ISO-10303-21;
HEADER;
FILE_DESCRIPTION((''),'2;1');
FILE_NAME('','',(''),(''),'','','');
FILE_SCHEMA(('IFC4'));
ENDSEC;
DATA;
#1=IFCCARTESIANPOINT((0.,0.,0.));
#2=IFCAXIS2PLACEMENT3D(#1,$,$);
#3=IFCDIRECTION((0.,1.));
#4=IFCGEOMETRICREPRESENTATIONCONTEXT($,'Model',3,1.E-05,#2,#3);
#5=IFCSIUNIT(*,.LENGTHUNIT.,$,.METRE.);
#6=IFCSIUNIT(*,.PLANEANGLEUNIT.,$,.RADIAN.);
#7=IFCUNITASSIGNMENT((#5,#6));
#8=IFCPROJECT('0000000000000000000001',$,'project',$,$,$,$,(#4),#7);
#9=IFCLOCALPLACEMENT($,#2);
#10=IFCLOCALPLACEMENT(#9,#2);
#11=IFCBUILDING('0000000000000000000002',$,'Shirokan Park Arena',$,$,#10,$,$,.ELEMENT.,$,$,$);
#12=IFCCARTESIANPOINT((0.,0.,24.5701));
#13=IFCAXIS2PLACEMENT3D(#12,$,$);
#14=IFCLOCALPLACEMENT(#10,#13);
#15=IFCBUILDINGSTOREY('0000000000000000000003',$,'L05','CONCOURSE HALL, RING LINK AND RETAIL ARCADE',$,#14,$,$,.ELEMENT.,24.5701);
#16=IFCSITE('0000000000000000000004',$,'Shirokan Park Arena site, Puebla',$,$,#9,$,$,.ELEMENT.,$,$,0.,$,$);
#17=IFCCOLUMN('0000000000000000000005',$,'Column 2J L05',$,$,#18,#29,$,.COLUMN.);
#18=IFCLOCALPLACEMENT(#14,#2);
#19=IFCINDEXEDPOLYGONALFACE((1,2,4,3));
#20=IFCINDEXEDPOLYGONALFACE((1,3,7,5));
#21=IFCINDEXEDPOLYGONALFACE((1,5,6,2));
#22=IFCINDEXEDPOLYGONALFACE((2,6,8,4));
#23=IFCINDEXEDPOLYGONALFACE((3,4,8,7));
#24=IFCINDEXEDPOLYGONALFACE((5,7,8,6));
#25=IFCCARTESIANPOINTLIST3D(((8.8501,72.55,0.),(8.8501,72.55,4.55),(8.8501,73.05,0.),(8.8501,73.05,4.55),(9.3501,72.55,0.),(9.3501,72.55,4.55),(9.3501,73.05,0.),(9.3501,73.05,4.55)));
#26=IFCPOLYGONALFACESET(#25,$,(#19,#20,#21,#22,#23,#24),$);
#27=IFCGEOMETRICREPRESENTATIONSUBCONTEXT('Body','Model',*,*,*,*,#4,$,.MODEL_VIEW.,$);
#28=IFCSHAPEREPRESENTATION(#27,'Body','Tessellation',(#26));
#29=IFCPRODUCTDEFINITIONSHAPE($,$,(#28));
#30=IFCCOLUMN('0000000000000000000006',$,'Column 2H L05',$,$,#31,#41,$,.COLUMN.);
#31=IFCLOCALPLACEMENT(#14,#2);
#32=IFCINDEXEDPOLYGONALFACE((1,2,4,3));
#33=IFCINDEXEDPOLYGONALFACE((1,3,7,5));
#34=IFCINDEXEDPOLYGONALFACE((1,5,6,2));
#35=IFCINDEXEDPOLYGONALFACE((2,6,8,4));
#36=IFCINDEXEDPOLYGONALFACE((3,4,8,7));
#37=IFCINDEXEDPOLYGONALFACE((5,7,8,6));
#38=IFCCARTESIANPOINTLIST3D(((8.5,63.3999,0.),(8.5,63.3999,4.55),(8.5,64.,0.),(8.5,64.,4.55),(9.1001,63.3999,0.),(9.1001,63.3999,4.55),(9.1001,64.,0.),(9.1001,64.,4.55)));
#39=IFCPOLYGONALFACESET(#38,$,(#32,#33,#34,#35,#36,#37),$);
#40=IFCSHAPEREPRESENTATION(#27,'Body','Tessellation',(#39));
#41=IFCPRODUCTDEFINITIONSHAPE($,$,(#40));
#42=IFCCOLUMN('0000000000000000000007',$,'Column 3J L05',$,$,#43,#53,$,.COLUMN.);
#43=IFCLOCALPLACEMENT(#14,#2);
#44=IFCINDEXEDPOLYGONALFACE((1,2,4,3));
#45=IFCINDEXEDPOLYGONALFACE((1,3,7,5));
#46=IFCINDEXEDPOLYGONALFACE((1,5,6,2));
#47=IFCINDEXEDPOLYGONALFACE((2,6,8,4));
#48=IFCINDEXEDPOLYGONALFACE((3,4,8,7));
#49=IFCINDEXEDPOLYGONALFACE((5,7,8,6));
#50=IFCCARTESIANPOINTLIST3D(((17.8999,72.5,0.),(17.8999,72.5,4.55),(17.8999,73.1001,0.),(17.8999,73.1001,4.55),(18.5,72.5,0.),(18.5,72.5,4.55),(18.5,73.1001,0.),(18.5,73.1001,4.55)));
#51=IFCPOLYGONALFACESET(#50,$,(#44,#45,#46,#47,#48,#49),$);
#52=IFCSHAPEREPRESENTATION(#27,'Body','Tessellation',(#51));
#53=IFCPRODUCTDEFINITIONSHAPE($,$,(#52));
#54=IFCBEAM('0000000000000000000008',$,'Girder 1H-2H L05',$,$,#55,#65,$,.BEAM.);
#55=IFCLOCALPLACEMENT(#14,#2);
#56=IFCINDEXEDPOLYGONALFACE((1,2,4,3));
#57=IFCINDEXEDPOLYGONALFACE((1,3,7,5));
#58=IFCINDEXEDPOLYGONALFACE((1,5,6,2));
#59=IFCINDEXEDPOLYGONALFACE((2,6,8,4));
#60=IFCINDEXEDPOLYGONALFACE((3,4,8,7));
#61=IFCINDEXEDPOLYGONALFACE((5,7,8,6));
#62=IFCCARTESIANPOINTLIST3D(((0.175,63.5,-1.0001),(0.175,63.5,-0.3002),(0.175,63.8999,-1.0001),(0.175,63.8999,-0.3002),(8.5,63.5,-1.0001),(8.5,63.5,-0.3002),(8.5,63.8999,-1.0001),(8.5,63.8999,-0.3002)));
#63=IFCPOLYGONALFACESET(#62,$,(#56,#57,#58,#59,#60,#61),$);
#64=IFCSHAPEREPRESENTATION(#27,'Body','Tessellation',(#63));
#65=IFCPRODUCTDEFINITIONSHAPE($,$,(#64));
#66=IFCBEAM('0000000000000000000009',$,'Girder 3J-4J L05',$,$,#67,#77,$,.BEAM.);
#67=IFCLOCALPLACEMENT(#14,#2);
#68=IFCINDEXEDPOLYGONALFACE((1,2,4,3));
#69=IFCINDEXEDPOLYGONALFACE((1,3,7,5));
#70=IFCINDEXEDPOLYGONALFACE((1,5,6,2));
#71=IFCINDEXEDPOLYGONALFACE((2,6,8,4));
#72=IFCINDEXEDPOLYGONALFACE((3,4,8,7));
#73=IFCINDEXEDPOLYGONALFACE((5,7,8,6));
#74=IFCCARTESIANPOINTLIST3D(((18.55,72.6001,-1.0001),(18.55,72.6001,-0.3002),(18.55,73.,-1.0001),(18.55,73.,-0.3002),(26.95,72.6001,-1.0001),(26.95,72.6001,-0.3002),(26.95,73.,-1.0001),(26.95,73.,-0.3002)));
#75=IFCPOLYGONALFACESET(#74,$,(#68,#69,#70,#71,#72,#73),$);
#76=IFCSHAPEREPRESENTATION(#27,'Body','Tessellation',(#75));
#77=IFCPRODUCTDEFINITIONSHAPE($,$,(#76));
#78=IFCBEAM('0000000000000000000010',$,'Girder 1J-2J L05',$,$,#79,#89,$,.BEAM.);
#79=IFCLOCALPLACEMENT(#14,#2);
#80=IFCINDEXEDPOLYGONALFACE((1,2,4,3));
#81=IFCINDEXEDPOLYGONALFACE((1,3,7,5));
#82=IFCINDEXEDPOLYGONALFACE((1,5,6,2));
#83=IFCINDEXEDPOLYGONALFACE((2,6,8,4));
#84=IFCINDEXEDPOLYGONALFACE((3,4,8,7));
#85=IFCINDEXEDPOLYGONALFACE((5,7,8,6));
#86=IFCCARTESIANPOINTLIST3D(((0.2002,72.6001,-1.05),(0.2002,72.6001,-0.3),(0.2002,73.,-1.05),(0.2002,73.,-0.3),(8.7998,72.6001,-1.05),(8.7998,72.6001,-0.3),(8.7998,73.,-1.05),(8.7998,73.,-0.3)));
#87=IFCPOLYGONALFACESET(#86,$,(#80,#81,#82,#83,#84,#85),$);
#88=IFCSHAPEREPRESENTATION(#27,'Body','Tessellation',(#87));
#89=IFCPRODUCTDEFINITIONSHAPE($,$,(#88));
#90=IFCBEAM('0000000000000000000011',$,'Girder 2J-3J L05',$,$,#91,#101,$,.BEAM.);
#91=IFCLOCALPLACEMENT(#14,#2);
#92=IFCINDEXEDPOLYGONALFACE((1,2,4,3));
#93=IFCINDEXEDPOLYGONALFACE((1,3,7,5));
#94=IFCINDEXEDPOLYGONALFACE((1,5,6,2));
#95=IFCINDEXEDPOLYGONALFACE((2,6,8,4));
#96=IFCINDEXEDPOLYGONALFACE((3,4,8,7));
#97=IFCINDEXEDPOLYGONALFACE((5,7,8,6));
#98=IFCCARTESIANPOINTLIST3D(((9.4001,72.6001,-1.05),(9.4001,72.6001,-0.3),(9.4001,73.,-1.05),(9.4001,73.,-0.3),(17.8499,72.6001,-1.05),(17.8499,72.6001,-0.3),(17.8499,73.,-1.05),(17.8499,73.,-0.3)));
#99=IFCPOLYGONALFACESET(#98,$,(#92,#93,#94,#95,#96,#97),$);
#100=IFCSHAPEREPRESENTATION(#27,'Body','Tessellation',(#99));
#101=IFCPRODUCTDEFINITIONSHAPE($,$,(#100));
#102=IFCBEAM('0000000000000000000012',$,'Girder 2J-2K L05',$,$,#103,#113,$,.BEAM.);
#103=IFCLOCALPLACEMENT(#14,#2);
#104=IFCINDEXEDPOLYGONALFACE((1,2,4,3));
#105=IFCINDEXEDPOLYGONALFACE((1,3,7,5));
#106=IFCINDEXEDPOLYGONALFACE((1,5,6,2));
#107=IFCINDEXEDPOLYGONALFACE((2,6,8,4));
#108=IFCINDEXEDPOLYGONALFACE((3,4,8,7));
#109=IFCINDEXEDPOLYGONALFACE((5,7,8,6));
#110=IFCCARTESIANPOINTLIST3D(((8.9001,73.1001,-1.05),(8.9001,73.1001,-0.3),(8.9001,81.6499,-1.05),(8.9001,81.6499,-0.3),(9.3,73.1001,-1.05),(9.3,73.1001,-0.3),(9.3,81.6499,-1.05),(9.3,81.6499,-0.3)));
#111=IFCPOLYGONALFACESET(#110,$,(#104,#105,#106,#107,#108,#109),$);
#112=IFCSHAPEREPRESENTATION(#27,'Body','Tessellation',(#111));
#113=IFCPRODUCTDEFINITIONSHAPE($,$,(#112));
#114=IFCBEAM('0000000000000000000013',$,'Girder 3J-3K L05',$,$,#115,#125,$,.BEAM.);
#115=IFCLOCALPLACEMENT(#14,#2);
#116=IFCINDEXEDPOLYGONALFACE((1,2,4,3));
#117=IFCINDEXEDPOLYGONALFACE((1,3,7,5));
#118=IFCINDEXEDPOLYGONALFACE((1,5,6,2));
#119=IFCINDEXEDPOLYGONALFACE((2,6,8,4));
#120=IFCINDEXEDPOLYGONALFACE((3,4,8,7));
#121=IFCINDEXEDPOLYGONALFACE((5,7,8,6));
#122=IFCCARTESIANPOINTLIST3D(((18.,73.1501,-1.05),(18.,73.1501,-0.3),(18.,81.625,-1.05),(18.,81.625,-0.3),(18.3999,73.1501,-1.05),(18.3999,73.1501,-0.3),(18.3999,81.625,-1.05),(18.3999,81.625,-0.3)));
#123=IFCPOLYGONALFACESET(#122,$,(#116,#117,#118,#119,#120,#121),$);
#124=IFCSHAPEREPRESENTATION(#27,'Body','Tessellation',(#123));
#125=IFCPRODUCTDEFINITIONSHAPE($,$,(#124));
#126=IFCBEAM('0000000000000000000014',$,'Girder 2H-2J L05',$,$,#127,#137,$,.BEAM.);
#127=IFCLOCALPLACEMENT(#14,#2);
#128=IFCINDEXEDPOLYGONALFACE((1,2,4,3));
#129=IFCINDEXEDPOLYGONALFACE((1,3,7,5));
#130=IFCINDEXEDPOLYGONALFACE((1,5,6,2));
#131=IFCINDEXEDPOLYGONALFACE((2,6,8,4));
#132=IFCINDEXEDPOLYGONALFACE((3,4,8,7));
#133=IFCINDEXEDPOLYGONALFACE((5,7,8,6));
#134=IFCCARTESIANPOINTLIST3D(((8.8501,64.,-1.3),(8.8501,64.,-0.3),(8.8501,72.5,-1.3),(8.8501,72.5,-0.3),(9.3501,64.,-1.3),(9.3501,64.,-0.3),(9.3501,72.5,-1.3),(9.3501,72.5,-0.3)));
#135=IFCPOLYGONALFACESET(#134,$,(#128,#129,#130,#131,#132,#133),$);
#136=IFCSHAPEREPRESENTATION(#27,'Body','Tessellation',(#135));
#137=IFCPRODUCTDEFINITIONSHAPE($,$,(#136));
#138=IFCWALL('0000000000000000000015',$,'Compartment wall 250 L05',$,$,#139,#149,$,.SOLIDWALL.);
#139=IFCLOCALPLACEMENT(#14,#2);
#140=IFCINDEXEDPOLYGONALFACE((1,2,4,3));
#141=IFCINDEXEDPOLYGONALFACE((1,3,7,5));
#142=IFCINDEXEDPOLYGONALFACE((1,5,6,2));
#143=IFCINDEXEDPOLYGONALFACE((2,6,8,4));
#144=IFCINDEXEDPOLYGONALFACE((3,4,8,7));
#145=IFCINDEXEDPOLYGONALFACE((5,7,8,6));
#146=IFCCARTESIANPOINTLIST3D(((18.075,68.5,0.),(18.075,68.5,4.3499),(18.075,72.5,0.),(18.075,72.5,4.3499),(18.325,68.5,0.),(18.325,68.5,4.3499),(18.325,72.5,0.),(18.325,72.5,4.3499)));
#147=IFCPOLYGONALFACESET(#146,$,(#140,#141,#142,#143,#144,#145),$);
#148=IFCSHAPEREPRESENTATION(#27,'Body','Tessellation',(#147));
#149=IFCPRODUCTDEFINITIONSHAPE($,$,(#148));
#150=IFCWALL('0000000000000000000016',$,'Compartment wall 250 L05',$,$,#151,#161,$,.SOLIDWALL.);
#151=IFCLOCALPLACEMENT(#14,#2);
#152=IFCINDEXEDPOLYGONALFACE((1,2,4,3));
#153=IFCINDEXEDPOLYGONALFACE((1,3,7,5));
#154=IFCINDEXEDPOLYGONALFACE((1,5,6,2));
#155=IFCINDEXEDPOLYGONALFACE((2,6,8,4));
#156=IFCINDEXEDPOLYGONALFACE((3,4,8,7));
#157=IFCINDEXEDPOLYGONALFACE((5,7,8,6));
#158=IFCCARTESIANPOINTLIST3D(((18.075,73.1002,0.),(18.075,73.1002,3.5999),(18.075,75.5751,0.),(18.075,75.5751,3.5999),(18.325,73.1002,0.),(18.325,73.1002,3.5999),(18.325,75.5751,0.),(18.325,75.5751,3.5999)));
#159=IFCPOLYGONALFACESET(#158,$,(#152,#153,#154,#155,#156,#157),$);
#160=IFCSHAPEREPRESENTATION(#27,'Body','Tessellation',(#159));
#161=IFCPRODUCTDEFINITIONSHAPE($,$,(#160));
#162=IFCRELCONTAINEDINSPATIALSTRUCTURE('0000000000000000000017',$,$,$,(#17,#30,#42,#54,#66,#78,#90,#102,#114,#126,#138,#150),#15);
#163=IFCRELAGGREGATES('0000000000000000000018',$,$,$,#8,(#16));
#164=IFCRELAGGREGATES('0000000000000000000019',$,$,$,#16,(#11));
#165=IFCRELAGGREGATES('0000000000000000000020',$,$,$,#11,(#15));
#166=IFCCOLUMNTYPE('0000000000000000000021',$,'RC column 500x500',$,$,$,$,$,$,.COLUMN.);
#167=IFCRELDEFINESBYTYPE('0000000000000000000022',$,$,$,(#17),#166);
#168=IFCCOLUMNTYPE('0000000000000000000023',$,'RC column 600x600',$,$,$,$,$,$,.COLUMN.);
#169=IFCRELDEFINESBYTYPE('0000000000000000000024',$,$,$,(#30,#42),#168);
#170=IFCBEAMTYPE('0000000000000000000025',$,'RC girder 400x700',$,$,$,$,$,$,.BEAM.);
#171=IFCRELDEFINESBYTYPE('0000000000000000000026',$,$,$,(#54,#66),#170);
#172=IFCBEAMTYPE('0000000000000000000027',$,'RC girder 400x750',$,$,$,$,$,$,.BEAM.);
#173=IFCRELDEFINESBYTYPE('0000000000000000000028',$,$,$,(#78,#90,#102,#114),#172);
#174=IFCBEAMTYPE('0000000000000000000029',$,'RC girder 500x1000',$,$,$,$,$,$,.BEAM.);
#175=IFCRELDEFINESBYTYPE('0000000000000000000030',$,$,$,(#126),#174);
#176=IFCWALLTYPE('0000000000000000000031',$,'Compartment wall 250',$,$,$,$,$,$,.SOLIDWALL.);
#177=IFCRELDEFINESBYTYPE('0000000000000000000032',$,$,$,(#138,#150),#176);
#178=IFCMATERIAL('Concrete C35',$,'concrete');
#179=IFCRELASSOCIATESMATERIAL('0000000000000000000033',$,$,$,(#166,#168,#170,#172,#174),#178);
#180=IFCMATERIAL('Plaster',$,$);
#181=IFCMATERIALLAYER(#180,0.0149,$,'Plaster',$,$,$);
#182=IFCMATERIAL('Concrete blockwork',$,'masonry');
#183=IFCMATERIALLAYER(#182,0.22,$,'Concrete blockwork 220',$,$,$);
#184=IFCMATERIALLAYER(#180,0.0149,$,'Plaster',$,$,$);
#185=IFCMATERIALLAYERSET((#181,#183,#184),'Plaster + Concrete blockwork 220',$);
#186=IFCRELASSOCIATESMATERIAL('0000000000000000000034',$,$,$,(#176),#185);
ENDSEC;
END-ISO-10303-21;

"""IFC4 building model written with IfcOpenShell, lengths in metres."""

from ifc_helpers import new_model, si_unit, direction, frame, frame_2d, origin, origin_2d, place, context, subcontext, project, spatial, rectangle, extrude, material, layer, layer_set, material_profile, profile_set, type_object, element, save


model = new_model("IFC4")

# Units and contexts
model_context = context("Model", 3, precision=1e-05, world=origin(), true_north=direction((0.0, 1.0)))
body_context = subcontext(model_context, "Body", "Model", "MODEL_VIEW")
ifc_project = project(units=[si_unit("LENGTHUNIT", "METRE"), si_unit("PLANEANGLEUNIT", "RADIAN")], contexts=[model_context])

# Site, building, storey
site_placement = place(None, origin())
site = spatial("IfcSite", under=ifc_project, at=site_placement, Name="Shirokan Park Arena site, Puebla", CompositionType="ELEMENT", RefElevation=0.0)
building_placement = place(site_placement, origin())
building = spatial("IfcBuilding", under=site, at=building_placement, Name="Shirokan Park Arena", CompositionType="ELEMENT")
storey_placement = place(building_placement, frame((0.0, 0.0, 24.5701)))
storey = spatial("IfcBuildingStorey", under=building, at=storey_placement, Name="L05", Description="CONCOURSE HALL, RING LINK AND RETAIL ARCADE", CompositionType="ELEMENT", Elevation=24.5701)

# Columns
ifc_material_1 = material(Name="Concrete C35", Category="concrete")
ifc_material_profile_1 = material_profile(ifc_material_1, rectangle(XDim=0.5, YDim=0.5, at=origin_2d()), Name="500x500")
ifc_profile_set_1 = profile_set([ifc_material_profile_1], Name="Concrete C35")
column_type_1 = type_object("IfcColumnType", Name="RC column 500x500", PredefinedType="COLUMN", material=ifc_profile_set_1)
column_placement = place(storey_placement, frame((9.1001, 72.8, 0.0), z_axis=(0.0, 0.0, 1.0), x_axis=(1.0, 0.0, 0.0)))
element("IfcColumn", 1, at=column_placement, inside=storey, type_object=column_type_1, Name="Column 2J L05", PredefinedType="COLUMN", context=body_context, shape_type="SweptSolid", body=[
    extrude(rectangle(XDim=0.5, YDim=0.5, at=origin_2d()), origin(), (0.0, 0.0, 1.0), 4.55),
])
ifc_material_profile_2 = material_profile(ifc_material_1, rectangle(XDim=0.6001, YDim=0.6001, at=origin_2d()), Name="600x600")
ifc_profile_set_2 = profile_set([ifc_material_profile_2], Name="Concrete C35")
column_type_2 = type_object("IfcColumnType", Name="RC column 600x600", PredefinedType="COLUMN", material=ifc_profile_set_2)
for number, where, z_axis, x_axis, name in (
    (2, (8.8, 63.7, 0.0), (0.0, 0.0, 1.0), (1.0, 0.0, 0.0), "Column 2H L05"),
    (3, (18.2, 72.8, 0.0), (0.0, 0.0, 1.0), (1.0, 0.0, 0.0), "Column 3J L05"),
):
    element("IfcColumn", number, at=place(storey_placement, frame(where, z_axis=z_axis, x_axis=x_axis)), inside=storey, type_object=column_type_2, Name=name, PredefinedType="COLUMN", context=body_context, shape_type="SweptSolid", body=[
        extrude(rectangle(XDim=0.6001, YDim=0.6001, at=origin_2d()), origin(), (0.0, 0.0, 1.0), 4.55),
    ])

# Beams
ifc_material_profile_3 = material_profile(ifc_material_1, rectangle(XDim=0.3999, YDim=0.7, at=origin_2d()), Name="400x700")
ifc_profile_set_3 = profile_set([ifc_material_profile_3], Name="Concrete C35")
beam_type_1 = type_object("IfcBeamType", Name="RC girder 400x700", PredefinedType="BEAM", material=ifc_profile_set_3)
beam_1_placement = place(storey_placement, frame((0.175, 63.7, -0.6501), z_axis=(1.0, 0.0, 0.0), x_axis=(0.0, 1.0, 0.0)))
element("IfcBeam", 4, at=beam_1_placement, inside=storey, type_object=beam_type_1, Name="Girder 1H-2H L05", PredefinedType="BEAM", context=body_context, shape_type="SweptSolid", body=[
    extrude(rectangle(XDim=0.3999, YDim=0.7, at=origin_2d()), origin(), (0.0, 0.0, 1.0), 8.325),
])
beam_2_placement = place(storey_placement, frame((18.55, 72.8, -0.6501), z_axis=(1.0, 0.0, 0.0), x_axis=(0.0, 1.0, 0.0)))
element("IfcBeam", 5, at=beam_2_placement, inside=storey, type_object=beam_type_1, Name="Girder 3J-4J L05", PredefinedType="BEAM", context=body_context, shape_type="SweptSolid", body=[
    extrude(rectangle(XDim=0.3999, YDim=0.7, at=origin_2d()), origin(), (0.0, 0.0, 1.0), 8.3999),
])
ifc_material_profile_4 = material_profile(ifc_material_1, rectangle(XDim=0.3999, YDim=0.75, at=origin_2d()), Name="400x750")
ifc_profile_set_4 = profile_set([ifc_material_profile_4], Name="Concrete C35")
beam_type_2 = type_object("IfcBeamType", Name="RC girder 400x750", PredefinedType="BEAM", material=ifc_profile_set_4)
beam_3_placement = place(storey_placement, frame((0.2002, 72.8, -0.675), z_axis=(1.0, 0.0, 0.0), x_axis=(0.0, 1.0, 0.0)))
element("IfcBeam", 6, at=beam_3_placement, inside=storey, type_object=beam_type_2, Name="Girder 1J-2J L05", PredefinedType="BEAM", context=body_context, shape_type="SweptSolid", body=[
    extrude(rectangle(XDim=0.3999, YDim=0.75, at=origin_2d()), origin(), (0.0, 0.0, 1.0), 8.5996),
])
beam_4_placement = place(storey_placement, frame((9.4001, 72.8, -0.675), z_axis=(1.0, 0.0, 0.0), x_axis=(0.0, 1.0, 0.0)))
element("IfcBeam", 7, at=beam_4_placement, inside=storey, type_object=beam_type_2, Name="Girder 2J-3J L05", PredefinedType="BEAM", context=body_context, shape_type="SweptSolid", body=[
    extrude(rectangle(XDim=0.3999, YDim=0.75, at=origin_2d()), origin(), (0.0, 0.0, 1.0), 8.4497),
])
beam_5_placement = place(storey_placement, frame((9.1001, 73.1001, -0.675), z_axis=(0.0, 1.0, 0.0), x_axis=(-1.0, 0.0, 0.0)))
element("IfcBeam", 8, at=beam_5_placement, inside=storey, type_object=beam_type_2, Name="Girder 2J-2K L05", PredefinedType="BEAM", context=body_context, shape_type="SweptSolid", body=[
    extrude(rectangle(XDim=0.3999, YDim=0.75, at=origin_2d()), origin(), (0.0, 0.0, 1.0), 8.5498),
])
beam_6_placement = place(storey_placement, frame((18.2, 73.1501, -0.675), z_axis=(0.0, 1.0, 0.0), x_axis=(-1.0, 0.0, 0.0)))
element("IfcBeam", 9, at=beam_6_placement, inside=storey, type_object=beam_type_2, Name="Girder 3J-3K L05", PredefinedType="BEAM", context=body_context, shape_type="SweptSolid", body=[
    extrude(rectangle(XDim=0.3999, YDim=0.75, at=origin_2d()), origin(), (0.0, 0.0, 1.0), 8.4749),
])
ifc_material_profile_5 = material_profile(ifc_material_1, rectangle(XDim=0.5, YDim=1.0, at=origin_2d()), Name="500x1000")
ifc_profile_set_5 = profile_set([ifc_material_profile_5], Name="Concrete C35")
beam_type_3 = type_object("IfcBeamType", Name="RC girder 500x1000", PredefinedType="BEAM", material=ifc_profile_set_5)
beam_7_placement = place(storey_placement, frame((9.1001, 64.0, -0.8), z_axis=(0.0, 1.0, 0.0), x_axis=(-1.0, 0.0, 0.0)))
element("IfcBeam", 10, at=beam_7_placement, inside=storey, type_object=beam_type_3, Name="Girder 2H-2J L05", PredefinedType="BEAM", context=body_context, shape_type="SweptSolid", body=[
    extrude(rectangle(XDim=0.5, YDim=1.0, at=origin_2d()), origin(), (0.0, 0.0, 1.0), 8.5),
])

# Walls
ifc_material_2 = material(Name="Plaster")
ifc_layer_1 = layer(ifc_material_2, 0.0149, Name="Plaster")
ifc_material_3 = material(Name="Concrete blockwork", Category="masonry")
ifc_layer_2 = layer(ifc_material_3, 0.22, Name="Concrete blockwork 220")
ifc_layer_3 = layer(ifc_material_2, 0.0149, Name="Plaster")
ifc_layer_set_1 = layer_set([ifc_layer_1, ifc_layer_2, ifc_layer_3], Name="Plaster + Concrete blockwork 220")
wall_type_1 = type_object("IfcWallType", Name="Compartment wall 250", PredefinedType="SOLIDWALL", material=ifc_layer_set_1)
wall_1_placement = place(storey_placement, frame((18.2, 72.5, 0.0), z_axis=(0.0, 0.0, 1.0), x_axis=(0.0, -1.0, 0.0)))
element("IfcWall", 11, at=wall_1_placement, inside=storey, type_object=wall_type_1, Name="Compartment wall 250 L05", PredefinedType="SOLIDWALL", context=body_context, shape_type="SweptSolid", body=[
    extrude(rectangle(XDim=4.0, YDim=0.25, at=frame_2d((2.0, 0.0))), origin(), (0.0, 0.0, 1.0), 4.3499),
])
wall_2_placement = place(storey_placement, frame((18.2, 75.575, 0.0), z_axis=(0.0, 0.0, 1.0), x_axis=(0.0, -1.0, 0.0)))
element("IfcWall", 12, at=wall_2_placement, inside=storey, type_object=wall_type_1, Name="Compartment wall 250 L05", PredefinedType="SOLIDWALL", context=body_context, shape_type="SweptSolid", body=[
    extrude(rectangle(XDim=2.4749, YDim=0.25, at=frame_2d((1.2373, 0.0))), origin(), (0.0, 0.0, 1.0), 3.5999),
])

save(model, "model.ifc")
